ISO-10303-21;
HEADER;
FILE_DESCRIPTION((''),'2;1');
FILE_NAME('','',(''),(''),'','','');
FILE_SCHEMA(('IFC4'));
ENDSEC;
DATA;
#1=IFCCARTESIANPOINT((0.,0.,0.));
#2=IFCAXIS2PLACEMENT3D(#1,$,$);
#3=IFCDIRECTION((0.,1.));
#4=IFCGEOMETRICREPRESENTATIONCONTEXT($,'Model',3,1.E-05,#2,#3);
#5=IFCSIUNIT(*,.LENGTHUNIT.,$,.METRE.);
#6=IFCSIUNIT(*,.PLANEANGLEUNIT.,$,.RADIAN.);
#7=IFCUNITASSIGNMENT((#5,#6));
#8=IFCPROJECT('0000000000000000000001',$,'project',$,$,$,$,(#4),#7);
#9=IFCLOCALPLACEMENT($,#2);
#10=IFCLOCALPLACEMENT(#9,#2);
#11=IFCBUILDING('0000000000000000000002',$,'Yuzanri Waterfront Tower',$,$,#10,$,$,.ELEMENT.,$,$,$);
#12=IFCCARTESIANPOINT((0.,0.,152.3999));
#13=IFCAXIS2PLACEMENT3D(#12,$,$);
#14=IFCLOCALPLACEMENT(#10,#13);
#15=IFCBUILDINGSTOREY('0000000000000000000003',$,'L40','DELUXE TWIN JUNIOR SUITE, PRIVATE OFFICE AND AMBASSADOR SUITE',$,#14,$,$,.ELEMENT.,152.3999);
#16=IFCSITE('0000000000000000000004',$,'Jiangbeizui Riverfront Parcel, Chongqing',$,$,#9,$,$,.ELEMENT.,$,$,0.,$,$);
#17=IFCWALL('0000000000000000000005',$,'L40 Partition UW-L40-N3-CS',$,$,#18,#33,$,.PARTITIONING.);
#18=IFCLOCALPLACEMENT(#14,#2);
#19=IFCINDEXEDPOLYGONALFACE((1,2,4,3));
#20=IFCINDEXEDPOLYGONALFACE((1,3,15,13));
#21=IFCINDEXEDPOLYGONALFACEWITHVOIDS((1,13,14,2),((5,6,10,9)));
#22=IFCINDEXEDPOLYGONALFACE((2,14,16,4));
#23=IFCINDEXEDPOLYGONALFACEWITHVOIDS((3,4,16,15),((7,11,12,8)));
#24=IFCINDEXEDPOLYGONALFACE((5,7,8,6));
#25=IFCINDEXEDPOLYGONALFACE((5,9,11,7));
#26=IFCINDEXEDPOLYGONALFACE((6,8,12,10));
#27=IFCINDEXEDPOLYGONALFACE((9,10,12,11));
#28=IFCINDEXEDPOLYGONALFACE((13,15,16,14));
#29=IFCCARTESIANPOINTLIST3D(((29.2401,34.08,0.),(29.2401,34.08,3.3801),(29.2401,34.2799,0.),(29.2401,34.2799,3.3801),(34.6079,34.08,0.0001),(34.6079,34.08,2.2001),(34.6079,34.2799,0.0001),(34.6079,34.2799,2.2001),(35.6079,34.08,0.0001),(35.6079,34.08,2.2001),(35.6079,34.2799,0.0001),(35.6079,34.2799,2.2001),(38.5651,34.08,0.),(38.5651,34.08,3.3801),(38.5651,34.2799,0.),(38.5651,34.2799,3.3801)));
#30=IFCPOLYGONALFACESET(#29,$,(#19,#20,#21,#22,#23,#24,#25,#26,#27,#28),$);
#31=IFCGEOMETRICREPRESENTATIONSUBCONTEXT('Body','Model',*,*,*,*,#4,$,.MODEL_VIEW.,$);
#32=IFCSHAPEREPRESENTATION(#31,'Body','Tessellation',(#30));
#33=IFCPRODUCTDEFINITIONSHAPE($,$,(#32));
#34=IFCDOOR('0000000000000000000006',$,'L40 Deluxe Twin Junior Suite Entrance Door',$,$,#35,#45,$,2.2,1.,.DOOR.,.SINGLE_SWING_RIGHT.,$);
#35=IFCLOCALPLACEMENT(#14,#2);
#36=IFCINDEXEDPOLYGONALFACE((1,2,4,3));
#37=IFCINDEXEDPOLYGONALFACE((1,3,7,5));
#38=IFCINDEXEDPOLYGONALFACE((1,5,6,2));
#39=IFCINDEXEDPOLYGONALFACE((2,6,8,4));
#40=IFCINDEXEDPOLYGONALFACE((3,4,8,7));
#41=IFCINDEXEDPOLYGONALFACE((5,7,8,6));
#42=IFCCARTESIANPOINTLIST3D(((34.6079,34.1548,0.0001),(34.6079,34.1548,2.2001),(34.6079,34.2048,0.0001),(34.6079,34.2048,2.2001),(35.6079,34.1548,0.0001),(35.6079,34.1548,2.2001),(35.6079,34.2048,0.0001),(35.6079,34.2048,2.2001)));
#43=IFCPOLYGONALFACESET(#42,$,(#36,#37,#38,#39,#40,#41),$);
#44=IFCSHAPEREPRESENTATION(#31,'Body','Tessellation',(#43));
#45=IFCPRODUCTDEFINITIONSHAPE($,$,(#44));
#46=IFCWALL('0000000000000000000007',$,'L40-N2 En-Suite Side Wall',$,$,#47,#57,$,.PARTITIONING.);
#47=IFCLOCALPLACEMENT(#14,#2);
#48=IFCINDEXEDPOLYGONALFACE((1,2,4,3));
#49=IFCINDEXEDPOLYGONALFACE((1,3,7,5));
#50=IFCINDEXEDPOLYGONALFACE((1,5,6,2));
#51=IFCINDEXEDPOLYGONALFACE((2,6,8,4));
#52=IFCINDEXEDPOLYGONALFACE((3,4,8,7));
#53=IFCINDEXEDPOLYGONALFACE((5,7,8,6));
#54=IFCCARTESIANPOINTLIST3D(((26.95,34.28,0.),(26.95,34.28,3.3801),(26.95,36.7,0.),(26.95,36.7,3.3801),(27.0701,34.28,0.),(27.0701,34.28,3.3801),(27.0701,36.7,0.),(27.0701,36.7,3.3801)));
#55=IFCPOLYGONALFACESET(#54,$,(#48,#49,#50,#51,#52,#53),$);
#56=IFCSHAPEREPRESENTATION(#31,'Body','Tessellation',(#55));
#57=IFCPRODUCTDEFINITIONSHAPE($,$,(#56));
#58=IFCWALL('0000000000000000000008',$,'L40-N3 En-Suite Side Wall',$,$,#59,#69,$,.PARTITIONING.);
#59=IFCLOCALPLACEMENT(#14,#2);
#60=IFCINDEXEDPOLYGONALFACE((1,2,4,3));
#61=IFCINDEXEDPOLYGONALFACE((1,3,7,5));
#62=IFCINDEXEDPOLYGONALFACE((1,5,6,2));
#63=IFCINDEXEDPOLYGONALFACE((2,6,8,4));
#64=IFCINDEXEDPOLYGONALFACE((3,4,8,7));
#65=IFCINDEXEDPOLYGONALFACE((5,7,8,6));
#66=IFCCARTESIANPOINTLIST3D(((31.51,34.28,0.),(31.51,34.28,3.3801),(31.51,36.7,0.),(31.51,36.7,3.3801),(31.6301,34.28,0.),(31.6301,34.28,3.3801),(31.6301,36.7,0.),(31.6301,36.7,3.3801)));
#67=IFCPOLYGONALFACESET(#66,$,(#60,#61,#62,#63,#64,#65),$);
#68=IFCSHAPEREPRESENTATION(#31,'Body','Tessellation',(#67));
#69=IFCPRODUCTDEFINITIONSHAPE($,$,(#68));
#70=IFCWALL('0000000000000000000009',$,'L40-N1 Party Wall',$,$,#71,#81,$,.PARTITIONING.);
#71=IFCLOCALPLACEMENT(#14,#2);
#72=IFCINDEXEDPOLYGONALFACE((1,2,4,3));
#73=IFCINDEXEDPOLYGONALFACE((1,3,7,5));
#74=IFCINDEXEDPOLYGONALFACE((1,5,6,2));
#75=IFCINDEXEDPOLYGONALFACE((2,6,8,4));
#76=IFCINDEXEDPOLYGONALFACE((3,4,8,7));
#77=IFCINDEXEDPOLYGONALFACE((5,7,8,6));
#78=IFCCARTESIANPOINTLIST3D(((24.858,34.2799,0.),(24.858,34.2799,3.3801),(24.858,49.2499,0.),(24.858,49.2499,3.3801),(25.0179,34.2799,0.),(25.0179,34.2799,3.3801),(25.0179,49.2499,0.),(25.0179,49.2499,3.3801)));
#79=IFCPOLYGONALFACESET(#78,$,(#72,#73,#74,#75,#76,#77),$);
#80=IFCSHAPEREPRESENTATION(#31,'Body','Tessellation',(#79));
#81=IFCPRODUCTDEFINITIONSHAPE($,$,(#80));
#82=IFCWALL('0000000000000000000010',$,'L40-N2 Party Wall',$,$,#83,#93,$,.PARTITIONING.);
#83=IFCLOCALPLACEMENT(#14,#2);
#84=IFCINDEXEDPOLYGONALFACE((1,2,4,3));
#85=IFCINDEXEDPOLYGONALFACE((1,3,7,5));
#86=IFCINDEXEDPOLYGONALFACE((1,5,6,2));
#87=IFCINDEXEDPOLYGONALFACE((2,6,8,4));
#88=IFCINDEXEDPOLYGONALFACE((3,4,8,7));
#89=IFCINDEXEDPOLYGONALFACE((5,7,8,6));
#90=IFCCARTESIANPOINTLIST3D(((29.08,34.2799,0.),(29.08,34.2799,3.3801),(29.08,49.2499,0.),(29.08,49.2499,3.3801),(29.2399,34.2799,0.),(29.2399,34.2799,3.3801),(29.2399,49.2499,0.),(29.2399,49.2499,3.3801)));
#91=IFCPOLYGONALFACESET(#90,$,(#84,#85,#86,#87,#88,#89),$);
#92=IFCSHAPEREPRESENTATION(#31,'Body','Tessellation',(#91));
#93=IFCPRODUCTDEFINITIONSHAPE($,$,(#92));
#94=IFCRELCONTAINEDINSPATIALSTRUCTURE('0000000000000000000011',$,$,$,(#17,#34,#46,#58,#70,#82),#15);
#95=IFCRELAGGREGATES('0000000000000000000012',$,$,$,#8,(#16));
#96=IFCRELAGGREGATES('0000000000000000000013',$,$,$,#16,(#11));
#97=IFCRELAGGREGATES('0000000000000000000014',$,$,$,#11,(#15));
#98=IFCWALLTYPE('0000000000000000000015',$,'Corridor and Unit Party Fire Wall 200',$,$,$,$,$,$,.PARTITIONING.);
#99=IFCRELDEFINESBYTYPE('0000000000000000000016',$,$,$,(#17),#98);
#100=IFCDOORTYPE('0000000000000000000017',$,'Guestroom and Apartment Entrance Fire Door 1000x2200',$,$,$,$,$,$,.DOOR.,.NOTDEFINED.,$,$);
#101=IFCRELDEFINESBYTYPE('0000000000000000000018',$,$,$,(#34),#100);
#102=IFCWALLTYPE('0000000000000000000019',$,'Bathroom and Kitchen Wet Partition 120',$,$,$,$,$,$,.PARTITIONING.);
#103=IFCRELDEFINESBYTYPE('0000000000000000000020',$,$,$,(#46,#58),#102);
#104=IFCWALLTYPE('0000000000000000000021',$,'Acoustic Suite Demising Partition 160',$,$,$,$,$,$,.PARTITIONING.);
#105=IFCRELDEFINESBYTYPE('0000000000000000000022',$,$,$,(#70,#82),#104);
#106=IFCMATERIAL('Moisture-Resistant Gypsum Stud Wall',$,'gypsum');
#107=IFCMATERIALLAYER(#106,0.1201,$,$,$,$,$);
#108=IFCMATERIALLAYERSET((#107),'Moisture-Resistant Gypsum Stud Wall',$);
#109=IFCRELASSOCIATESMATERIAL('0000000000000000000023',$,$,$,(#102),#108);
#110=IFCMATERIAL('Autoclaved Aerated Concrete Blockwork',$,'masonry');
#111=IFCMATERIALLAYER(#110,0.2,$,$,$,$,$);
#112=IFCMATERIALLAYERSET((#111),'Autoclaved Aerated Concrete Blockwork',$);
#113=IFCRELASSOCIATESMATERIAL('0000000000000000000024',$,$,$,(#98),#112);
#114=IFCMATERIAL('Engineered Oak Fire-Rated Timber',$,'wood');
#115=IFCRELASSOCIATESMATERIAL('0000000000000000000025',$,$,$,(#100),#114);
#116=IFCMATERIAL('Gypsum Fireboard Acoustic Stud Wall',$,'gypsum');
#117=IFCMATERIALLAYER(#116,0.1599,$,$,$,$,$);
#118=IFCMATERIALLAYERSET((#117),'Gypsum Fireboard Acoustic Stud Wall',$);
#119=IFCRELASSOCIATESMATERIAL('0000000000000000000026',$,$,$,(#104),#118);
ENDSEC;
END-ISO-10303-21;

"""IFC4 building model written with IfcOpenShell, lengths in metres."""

from ifc_helpers import new_model, si_unit, direction, frame, frame_2d, origin, place, context, subcontext, project, spatial, rectangle, extrude, source, transform, mapped, material, layer, layer_set, type_object, element, fill, save


model = new_model("IFC4")

# Units and contexts
model_context = context("Model", 3, precision=1e-05, world=origin(), true_north=direction((0.0, 1.0)))
body_context = subcontext(model_context, "Body", "Model", "MODEL_VIEW")
ifc_project = project(units=[si_unit("LENGTHUNIT", "METRE"), si_unit("PLANEANGLEUNIT", "RADIAN")], contexts=[model_context])

# Site, building, storey
site_placement = place(None, origin())
site = spatial("IfcSite", under=ifc_project, at=site_placement, Name="Jiangbeizui Riverfront Parcel, Chongqing", CompositionType="ELEMENT", RefElevation=0.0)
building_placement = place(site_placement, origin())
building = spatial("IfcBuilding", under=site, at=building_placement, Name="Yuzanri Waterfront Tower", CompositionType="ELEMENT")
storey_placement = place(building_placement, frame((0.0, 0.0, 152.3999)))
storey = spatial("IfcBuildingStorey", under=building, at=storey_placement, Name="L40", Description="DELUXE TWIN JUNIOR SUITE, PRIVATE OFFICE AND AMBASSADOR SUITE", CompositionType="ELEMENT", Elevation=152.3999)

# Wall, opening, door
ifc_material_1 = material(Name="Moisture-Resistant Gypsum Stud Wall", Category="gypsum")
ifc_layer_1 = layer(ifc_material_1, 0.1201)
ifc_layer_set_1 = layer_set([ifc_layer_1], Name="Moisture-Resistant Gypsum Stud Wall")
wall_type_1 = type_object("IfcWallType", Name="Bathroom and Kitchen Wet Partition 120", PredefinedType="PARTITIONING", material=ifc_layer_set_1)
ifc_material_2 = material(Name="Autoclaved Aerated Concrete Blockwork", Category="masonry")
ifc_layer_2 = layer(ifc_material_2, 0.2)
ifc_layer_set_2 = layer_set([ifc_layer_2], Name="Autoclaved Aerated Concrete Blockwork")
wall_type_2 = type_object("IfcWallType", Name="Corridor and Unit Party Fire Wall 200", PredefinedType="PARTITIONING", material=ifc_layer_set_2)
ifc_material_3 = material(Name="Engineered Oak Fire-Rated Timber", Category="wood")
door_type_1 = type_object("IfcDoorType", Name="Guestroom and Apartment Entrance Fire Door 1000x2200", OperationType="NOTDEFINED", PredefinedType="DOOR", material=ifc_material_3)
shared_shape_1 = source(origin(), body_context, "Body", "SweptSolid", [
    extrude(rectangle(XDim=1.0, YDim=2.2, at=frame_2d((0.5, 1.1001))), frame((0.0, 0.0249, 0.0), z_axis=(0.0, -1.0, 0.0), x_axis=(1.0, 0.0, 0.0)), (0.0, 0.0, 1.0), 0.05),
])
wall_1_placement = place(storey_placement, frame((29.24, 34.1799, 0.0), z_axis=(0.0, 0.0, 1.0), x_axis=(1.0, 0.0, 0.0)))
wall_1 = element("IfcWall", 1, at=wall_1_placement, inside=storey, type_object=wall_type_2, Name="L40 Partition UW-L40-N3-CS", PredefinedType="PARTITIONING", context=body_context, shape_type="SweptSolid", body=[
    extrude(rectangle(XDim=9.325, YDim=0.2, at=frame_2d((4.6626, 0.0))), origin(), (0.0, 0.0, 1.0), 3.3801),
])
opening_1_placement = place(wall_1_placement, frame((5.3679, 0.0, 0.0)))
opening_1 = element("IfcOpeningElement", 2, at=opening_1_placement, cuts=wall_1, PredefinedType="OPENING", context=body_context, shape_type="SweptSolid", body=[
    extrude(rectangle(XDim=1.0, YDim=2.2, at=frame_2d((0.5, 1.1001))), frame((0.0, 0.1147, 0.0), z_axis=(0.0, -1.0, 0.0), x_axis=(1.0, 0.0, 0.0)), (0.0, 0.0, 1.0), 0.2297),
])
door_1_placement = place(opening_1_placement, origin())
door_1 = element("IfcDoor", 3, at=door_1_placement, inside=storey, type_object=door_type_1, Name="L40 Deluxe Twin Junior Suite Entrance Door", OperationType="SINGLE_SWING_RIGHT", OverallHeight=2.2, OverallWidth=1.0, PredefinedType="DOOR", context=body_context, shape_type="MappedRepresentation", body=[
    mapped(shared_shape_1, transform((0.0, 0.0, 0.0), scale=1.0)),
])
fill(opening_1, door_1)

# Walls
shared_shape_2 = source(origin(), body_context, "Body", "SweptSolid", [
    extrude(rectangle(XDim=2.4199, YDim=0.1201, at=frame_2d((1.21, 0.0))), origin(), (0.0, 0.0, 1.0), 3.3801),
])
for number, where, z_axis, x_axis, name in (
    (4, (27.01, 34.28, 0.0), (0.0, 0.0, 1.0), (0.0, 1.0, 0.0), "L40-N2 En-Suite Side Wall"),
    (5, (31.5701, 34.28, 0.0), (0.0, 0.0, 1.0), (0.0, 1.0, 0.0), "L40-N3 En-Suite Side Wall"),
):
    element("IfcWall", number, at=place(storey_placement, frame(where, z_axis=z_axis, x_axis=x_axis)), inside=storey, type_object=wall_type_1, Name=name, PredefinedType="PARTITIONING", context=body_context, shape_type="MappedRepresentation", body=[
        mapped(shared_shape_2, transform((0.0, 0.0, 0.0), scale=1.0)),
    ])
ifc_material_4 = material(Name="Gypsum Fireboard Acoustic Stud Wall", Category="gypsum")
ifc_layer_3 = layer(ifc_material_4, 0.1599)
ifc_layer_set_3 = layer_set([ifc_layer_3], Name="Gypsum Fireboard Acoustic Stud Wall")
wall_type_3 = type_object("IfcWallType", Name="Acoustic Suite Demising Partition 160", PredefinedType="PARTITIONING", material=ifc_layer_set_3)
shared_shape_3 = source(origin(), body_context, "Body", "SweptSolid", [
    extrude(rectangle(XDim=14.97, YDim=0.1599, at=frame_2d((7.4849, 0.0))), origin(), (0.0, 0.0, 1.0), 3.3801),
])
for number, where, z_axis, x_axis, name in (
    (6, (24.938, 34.28, 0.0), (0.0, 0.0, 1.0), (0.0, 1.0, 0.0), "L40-N1 Party Wall"),
    (7, (29.1599, 34.28, 0.0), (0.0, 0.0, 1.0), (0.0, 1.0, 0.0), "L40-N2 Party Wall"),
):
    element("IfcWall", number, at=place(storey_placement, frame(where, z_axis=z_axis, x_axis=x_axis)), inside=storey, type_object=wall_type_3, Name=name, PredefinedType="PARTITIONING", context=body_context, shape_type="MappedRepresentation", body=[
        mapped(shared_shape_3, transform((0.0, 0.0, 0.0), scale=1.0)),
    ])

save(model, "model.ifc")
